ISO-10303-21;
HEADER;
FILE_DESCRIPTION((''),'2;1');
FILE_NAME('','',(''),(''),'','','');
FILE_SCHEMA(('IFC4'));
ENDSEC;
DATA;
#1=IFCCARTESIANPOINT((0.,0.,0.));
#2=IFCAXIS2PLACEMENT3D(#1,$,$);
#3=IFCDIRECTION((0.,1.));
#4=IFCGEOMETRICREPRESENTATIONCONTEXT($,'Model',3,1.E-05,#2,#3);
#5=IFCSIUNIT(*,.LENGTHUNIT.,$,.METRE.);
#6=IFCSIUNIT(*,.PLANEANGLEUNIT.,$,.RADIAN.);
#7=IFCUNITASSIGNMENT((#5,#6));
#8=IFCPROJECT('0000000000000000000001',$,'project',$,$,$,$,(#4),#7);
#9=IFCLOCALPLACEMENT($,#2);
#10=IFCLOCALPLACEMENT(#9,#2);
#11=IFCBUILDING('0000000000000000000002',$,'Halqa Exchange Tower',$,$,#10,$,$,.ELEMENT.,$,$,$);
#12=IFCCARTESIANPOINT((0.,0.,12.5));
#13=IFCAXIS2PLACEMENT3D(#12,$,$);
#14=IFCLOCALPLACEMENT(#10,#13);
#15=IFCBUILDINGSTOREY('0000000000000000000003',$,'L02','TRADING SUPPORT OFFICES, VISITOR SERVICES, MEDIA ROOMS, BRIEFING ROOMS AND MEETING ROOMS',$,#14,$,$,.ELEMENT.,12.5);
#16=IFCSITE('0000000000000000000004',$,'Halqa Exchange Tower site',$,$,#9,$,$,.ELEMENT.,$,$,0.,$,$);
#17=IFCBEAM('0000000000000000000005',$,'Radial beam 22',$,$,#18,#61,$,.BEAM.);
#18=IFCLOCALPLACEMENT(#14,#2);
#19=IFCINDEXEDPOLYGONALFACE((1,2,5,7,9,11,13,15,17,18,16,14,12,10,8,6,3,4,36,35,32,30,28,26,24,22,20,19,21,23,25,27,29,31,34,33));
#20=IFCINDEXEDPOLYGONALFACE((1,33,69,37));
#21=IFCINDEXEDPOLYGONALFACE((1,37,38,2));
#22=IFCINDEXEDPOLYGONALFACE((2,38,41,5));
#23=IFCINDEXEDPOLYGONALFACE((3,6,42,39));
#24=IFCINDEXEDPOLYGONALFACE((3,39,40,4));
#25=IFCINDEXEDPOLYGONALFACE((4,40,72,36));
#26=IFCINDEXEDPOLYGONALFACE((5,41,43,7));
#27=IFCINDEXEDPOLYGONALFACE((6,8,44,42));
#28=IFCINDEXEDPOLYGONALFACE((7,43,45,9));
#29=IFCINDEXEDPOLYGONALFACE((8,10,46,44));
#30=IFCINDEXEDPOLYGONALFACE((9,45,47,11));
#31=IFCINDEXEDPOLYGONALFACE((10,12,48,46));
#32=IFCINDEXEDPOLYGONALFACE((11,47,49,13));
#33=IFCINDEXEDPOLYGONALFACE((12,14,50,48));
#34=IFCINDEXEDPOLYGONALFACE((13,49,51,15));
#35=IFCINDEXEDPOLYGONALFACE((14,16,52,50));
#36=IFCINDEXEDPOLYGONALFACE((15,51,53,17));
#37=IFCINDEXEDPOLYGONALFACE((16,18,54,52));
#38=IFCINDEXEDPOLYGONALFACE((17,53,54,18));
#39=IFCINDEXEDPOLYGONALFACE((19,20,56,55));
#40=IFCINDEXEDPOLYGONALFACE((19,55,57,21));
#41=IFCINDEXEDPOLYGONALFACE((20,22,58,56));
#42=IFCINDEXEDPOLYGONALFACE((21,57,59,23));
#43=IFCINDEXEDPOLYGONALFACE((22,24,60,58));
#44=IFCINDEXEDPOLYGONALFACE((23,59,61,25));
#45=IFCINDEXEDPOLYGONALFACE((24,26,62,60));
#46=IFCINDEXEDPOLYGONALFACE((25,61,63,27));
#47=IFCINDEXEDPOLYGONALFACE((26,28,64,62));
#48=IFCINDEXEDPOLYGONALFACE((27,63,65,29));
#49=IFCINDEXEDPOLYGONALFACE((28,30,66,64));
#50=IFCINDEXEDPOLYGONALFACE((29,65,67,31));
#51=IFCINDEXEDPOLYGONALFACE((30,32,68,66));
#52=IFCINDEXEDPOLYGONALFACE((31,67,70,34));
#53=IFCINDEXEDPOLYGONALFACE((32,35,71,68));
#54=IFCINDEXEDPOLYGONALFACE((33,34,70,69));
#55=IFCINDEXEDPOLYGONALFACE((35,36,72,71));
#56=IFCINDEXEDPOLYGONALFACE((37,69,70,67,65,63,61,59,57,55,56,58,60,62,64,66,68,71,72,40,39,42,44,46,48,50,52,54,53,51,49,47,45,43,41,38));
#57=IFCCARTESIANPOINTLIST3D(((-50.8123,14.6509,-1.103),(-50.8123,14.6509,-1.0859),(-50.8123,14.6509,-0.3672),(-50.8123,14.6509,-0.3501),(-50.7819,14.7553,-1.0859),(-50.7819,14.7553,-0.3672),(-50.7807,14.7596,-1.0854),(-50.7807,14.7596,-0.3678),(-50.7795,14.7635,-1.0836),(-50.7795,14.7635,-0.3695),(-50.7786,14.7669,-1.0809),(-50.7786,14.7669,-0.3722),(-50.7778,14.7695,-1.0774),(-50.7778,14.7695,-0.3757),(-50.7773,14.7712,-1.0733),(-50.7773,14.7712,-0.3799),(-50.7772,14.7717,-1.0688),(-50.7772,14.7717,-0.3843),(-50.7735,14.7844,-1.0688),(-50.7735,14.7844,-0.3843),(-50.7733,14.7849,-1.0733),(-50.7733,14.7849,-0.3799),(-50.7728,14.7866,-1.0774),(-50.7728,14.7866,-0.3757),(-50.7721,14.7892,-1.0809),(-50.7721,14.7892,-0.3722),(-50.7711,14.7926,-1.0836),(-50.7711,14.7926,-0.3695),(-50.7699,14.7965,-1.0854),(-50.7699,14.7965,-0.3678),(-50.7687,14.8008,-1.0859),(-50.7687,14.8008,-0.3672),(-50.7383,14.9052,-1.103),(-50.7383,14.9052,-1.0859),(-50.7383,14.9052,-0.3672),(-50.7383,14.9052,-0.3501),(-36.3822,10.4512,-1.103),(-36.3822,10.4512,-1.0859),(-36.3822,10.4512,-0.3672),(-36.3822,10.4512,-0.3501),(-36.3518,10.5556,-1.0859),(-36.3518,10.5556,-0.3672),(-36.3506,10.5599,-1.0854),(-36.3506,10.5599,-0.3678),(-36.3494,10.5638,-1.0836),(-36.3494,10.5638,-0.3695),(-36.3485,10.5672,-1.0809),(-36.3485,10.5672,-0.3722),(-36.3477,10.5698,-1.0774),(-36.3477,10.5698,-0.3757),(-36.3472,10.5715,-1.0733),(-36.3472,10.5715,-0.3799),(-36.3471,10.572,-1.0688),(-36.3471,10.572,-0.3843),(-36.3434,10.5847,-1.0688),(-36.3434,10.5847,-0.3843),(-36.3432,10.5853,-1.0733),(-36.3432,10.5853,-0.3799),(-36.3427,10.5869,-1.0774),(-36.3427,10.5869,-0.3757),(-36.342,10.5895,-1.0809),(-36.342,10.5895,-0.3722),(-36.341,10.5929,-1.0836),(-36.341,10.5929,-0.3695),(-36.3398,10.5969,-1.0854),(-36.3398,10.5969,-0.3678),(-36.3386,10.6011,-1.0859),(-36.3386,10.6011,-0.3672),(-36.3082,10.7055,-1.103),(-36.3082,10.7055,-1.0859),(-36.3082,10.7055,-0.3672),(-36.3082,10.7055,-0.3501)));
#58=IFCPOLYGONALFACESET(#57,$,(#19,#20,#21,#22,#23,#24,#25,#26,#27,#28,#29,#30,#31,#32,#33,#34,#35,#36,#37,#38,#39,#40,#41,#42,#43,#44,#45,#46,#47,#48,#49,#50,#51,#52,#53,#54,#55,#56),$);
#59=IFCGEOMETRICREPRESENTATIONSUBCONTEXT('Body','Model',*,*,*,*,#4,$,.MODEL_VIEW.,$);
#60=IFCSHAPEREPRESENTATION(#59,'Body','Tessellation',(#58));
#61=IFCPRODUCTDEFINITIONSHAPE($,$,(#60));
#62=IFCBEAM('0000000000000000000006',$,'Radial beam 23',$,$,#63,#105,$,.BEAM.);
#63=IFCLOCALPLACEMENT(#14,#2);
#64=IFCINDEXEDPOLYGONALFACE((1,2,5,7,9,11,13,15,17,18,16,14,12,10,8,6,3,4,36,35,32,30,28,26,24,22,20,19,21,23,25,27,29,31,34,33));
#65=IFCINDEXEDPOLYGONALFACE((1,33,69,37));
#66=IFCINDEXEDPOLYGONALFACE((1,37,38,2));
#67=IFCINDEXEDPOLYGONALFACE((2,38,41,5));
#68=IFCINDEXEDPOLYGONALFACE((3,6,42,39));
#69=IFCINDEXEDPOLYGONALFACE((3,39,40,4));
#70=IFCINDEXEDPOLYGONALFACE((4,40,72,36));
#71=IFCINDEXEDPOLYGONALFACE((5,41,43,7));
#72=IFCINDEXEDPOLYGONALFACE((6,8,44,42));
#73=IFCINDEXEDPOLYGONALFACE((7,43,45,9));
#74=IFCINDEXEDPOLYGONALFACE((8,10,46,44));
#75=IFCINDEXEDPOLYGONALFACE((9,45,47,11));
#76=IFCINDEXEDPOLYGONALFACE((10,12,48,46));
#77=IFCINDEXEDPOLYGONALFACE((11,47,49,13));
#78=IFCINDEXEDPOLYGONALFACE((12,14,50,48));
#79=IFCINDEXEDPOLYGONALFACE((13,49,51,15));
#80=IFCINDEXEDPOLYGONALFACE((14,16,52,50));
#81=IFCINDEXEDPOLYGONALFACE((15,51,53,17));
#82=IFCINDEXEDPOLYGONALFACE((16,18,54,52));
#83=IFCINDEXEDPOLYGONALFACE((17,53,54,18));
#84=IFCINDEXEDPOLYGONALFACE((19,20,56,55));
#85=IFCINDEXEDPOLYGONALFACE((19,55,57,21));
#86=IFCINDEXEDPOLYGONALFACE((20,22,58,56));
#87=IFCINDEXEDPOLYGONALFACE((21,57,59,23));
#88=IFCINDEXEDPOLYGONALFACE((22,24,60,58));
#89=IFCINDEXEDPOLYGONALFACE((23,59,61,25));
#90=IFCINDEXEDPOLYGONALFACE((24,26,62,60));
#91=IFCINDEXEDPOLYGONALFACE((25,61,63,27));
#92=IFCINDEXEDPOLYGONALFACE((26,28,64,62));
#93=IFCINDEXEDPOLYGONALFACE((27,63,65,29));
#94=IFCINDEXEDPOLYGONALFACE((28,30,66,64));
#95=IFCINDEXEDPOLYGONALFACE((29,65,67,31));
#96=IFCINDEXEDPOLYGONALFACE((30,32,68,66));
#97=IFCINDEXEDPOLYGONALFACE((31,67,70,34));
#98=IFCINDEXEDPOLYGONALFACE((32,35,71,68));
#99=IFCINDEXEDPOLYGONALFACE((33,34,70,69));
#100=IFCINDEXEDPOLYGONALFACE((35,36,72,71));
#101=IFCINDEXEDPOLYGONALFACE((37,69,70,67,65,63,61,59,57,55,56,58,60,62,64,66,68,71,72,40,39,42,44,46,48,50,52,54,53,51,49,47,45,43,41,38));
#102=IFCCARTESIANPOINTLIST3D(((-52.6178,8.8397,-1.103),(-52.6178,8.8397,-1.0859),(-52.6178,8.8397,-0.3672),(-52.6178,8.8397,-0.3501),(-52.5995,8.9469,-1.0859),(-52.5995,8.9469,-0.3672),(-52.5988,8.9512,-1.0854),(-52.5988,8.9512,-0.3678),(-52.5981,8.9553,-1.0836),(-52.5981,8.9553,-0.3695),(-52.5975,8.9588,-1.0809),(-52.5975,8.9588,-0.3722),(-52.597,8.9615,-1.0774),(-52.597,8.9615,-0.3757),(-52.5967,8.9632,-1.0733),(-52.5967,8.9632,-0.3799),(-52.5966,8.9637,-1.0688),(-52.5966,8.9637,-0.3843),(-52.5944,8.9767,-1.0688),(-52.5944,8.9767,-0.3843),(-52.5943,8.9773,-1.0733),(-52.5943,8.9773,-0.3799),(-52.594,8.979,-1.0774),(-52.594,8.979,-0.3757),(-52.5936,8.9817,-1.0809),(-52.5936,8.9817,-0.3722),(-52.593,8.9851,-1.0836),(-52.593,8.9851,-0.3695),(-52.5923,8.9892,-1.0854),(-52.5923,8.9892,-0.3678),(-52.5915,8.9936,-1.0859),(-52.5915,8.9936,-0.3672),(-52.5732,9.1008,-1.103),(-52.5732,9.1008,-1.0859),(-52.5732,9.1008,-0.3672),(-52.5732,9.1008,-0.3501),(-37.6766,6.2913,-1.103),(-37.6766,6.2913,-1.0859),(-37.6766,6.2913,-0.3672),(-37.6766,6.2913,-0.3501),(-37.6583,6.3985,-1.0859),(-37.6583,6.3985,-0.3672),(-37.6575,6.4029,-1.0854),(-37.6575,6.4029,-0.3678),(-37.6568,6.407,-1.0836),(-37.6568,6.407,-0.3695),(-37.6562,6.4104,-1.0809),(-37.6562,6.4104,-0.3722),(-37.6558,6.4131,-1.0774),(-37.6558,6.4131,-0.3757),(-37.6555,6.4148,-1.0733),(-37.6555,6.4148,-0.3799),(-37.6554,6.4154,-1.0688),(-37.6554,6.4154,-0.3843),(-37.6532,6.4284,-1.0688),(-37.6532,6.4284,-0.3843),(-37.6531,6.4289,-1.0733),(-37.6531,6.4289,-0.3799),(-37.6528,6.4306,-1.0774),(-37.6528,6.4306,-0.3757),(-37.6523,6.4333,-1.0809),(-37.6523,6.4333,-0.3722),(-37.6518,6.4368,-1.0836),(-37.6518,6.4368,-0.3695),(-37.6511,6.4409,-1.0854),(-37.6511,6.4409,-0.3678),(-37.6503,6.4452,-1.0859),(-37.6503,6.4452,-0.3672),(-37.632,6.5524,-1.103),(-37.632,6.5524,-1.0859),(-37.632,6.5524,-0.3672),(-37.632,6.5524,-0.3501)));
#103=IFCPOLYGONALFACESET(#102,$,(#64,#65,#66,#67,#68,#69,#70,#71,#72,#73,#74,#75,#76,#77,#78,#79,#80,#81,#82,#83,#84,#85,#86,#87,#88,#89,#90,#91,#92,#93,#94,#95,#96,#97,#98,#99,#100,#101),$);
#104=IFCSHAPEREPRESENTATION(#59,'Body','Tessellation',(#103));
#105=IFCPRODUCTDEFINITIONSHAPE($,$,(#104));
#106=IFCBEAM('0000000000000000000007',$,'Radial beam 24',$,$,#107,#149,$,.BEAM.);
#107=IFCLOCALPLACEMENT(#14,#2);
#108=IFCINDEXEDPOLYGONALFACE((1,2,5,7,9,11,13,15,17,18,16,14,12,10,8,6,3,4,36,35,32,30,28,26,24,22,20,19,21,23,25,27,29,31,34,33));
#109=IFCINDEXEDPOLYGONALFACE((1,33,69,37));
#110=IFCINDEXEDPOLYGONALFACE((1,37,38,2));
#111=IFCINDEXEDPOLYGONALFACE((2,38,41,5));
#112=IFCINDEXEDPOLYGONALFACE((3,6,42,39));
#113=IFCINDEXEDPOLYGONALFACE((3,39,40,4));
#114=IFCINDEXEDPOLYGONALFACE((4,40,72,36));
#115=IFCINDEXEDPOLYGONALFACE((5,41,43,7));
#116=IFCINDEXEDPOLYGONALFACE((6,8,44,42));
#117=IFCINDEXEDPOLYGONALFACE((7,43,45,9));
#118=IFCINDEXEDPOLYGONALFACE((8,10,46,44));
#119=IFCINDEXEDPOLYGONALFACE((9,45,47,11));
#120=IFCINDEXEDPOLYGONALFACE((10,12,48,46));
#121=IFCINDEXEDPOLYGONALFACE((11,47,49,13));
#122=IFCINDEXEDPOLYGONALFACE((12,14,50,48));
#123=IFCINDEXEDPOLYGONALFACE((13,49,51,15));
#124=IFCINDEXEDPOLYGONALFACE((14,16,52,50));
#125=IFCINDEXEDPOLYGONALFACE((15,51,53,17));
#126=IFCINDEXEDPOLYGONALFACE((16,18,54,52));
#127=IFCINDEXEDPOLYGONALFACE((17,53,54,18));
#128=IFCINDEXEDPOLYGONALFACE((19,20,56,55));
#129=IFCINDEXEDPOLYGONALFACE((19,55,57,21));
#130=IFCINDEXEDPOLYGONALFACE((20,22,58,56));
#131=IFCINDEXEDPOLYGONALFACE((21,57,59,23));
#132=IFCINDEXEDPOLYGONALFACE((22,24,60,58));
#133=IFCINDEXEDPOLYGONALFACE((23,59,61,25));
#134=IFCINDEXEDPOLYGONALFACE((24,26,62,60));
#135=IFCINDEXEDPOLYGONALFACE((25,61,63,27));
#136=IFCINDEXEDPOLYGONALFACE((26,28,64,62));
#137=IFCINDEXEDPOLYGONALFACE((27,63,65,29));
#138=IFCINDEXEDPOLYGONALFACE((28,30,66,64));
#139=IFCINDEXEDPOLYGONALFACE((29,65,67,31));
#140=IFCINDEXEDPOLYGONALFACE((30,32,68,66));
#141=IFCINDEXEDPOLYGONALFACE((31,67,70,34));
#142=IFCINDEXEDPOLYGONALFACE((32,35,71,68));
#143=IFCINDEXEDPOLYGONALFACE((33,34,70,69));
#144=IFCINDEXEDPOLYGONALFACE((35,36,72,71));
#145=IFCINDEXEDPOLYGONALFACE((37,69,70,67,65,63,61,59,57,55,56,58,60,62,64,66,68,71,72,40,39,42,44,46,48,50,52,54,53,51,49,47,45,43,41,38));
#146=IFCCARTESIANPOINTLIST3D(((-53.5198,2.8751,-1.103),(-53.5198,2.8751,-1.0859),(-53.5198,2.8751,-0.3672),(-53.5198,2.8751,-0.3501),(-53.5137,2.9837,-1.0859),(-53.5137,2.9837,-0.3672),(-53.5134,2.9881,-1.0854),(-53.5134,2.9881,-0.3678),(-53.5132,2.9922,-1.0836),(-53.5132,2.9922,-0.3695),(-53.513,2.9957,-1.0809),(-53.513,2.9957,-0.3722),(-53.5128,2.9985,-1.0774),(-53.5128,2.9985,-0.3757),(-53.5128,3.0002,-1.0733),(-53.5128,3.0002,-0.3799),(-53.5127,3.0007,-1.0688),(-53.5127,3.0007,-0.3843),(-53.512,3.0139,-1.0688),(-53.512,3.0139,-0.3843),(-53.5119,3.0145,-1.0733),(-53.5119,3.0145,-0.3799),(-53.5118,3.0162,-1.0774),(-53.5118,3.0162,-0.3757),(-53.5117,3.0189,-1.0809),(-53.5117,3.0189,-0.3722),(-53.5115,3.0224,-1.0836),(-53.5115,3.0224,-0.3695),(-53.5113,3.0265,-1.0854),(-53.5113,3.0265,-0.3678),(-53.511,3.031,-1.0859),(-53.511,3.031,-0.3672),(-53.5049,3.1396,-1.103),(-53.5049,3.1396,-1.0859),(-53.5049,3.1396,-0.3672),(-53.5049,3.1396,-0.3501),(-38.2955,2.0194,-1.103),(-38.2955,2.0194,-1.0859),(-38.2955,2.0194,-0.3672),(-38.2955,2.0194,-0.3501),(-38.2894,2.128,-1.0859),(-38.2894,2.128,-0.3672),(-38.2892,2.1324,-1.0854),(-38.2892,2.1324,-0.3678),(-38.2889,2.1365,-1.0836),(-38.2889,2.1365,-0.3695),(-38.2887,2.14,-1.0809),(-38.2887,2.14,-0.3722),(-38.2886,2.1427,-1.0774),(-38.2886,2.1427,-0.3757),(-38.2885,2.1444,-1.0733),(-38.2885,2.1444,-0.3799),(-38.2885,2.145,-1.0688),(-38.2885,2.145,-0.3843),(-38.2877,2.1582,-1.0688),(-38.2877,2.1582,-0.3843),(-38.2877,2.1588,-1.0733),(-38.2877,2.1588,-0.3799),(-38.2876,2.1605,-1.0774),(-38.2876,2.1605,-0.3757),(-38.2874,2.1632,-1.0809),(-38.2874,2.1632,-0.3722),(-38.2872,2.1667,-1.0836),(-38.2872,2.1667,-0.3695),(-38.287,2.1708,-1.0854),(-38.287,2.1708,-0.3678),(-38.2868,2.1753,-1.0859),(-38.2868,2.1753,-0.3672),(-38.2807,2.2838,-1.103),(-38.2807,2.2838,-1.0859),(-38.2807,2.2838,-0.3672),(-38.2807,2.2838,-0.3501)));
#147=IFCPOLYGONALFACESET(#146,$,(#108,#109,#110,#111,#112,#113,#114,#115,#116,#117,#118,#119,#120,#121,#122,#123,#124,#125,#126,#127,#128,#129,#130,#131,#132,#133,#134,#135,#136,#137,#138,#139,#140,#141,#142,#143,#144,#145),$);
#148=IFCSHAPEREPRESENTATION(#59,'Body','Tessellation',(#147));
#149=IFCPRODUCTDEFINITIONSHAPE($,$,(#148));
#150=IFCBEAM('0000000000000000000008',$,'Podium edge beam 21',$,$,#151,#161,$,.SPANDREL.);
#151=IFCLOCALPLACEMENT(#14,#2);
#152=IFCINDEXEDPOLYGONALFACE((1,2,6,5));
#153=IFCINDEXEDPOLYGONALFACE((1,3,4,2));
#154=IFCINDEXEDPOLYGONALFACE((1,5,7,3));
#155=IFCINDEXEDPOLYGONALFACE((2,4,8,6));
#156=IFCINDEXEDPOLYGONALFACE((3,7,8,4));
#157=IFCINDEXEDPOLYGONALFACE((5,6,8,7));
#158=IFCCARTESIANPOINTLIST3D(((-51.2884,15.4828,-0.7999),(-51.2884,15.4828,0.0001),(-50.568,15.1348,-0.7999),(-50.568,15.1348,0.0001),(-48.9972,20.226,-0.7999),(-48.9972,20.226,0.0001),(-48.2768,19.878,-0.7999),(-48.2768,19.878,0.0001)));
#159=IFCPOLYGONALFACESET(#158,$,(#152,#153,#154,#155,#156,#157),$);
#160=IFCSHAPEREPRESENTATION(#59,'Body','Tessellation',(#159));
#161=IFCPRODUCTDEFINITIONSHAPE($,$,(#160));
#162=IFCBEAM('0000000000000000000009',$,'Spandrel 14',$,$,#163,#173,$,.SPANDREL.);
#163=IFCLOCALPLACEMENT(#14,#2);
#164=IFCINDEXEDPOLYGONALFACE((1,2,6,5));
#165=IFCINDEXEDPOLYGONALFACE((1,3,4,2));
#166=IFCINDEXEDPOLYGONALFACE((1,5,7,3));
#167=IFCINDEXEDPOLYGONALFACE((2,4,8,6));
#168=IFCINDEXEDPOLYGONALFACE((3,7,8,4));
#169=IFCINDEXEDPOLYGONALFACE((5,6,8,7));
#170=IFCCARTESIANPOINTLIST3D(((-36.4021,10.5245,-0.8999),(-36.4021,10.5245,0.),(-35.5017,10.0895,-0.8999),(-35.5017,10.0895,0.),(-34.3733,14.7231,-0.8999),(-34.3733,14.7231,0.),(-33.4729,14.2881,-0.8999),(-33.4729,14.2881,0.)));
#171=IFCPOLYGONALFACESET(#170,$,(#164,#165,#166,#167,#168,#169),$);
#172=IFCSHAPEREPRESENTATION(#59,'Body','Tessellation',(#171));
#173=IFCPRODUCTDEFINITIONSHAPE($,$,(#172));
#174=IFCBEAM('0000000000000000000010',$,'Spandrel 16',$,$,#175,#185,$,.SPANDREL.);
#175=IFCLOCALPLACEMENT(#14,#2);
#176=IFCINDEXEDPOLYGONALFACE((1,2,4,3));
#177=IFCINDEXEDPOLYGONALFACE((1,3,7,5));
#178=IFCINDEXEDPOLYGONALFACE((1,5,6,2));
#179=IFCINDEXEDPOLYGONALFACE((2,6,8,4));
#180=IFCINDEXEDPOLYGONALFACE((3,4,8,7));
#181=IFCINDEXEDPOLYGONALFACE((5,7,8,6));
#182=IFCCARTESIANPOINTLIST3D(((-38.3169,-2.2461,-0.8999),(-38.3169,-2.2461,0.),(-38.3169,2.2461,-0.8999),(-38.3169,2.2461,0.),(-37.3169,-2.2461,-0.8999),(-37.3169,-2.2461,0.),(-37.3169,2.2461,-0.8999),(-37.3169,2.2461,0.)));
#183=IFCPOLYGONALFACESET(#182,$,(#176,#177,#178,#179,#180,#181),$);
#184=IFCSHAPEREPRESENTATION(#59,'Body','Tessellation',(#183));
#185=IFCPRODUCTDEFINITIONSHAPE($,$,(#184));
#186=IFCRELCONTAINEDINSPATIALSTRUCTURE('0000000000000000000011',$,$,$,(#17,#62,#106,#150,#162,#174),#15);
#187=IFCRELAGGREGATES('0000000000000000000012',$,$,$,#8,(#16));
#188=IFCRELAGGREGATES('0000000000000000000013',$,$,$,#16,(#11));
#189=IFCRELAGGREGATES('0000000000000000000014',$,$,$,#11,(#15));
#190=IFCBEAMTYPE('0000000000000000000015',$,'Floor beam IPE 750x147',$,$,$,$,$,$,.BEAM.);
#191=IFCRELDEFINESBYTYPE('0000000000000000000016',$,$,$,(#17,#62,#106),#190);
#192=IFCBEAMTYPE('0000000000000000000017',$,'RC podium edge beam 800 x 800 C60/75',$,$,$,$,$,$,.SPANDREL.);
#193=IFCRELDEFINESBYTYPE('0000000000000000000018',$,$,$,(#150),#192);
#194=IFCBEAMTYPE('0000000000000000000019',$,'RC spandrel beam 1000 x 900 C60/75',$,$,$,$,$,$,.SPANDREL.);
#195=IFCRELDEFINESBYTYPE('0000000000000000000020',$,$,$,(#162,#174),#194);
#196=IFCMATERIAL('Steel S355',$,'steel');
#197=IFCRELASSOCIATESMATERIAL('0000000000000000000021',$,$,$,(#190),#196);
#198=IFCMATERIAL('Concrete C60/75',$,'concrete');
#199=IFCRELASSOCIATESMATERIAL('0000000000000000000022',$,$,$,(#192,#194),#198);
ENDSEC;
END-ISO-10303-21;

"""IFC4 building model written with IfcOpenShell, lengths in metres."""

from ifc_helpers import new_model, si_unit, direction, frame, origin, origin_2d, place, context, subcontext, project, spatial, rectangle, i_section, extrude, material, material_profile, profile_set, type_object, element, save


model = new_model("IFC4")

# Units and contexts
model_context = context("Model", 3, precision=1e-05, world=origin(), true_north=direction((0.0, 1.0)))
body_context = subcontext(model_context, "Body", "Model", "MODEL_VIEW")
ifc_project = project(units=[si_unit("LENGTHUNIT", "METRE"), si_unit("PLANEANGLEUNIT", "RADIAN")], contexts=[model_context])

# Site, building, storey
site_placement = place(None, origin())
site = spatial("IfcSite", under=ifc_project, at=site_placement, Name="Halqa Exchange Tower site", CompositionType="ELEMENT", RefElevation=0.0)
building_placement = place(site_placement, origin())
building = spatial("IfcBuilding", under=site, at=building_placement, Name="Halqa Exchange Tower", CompositionType="ELEMENT")
storey_placement = place(building_placement, frame((0.0, 0.0, 12.5)))
storey = spatial("IfcBuildingStorey", under=building, at=storey_placement, Name="L02", Description="TRADING SUPPORT OFFICES, VISITOR SERVICES, MEDIA ROOMS, BRIEFING ROOMS AND MEETING ROOMS", CompositionType="ELEMENT", Elevation=12.5)

# Shared definitions
ifc_material_1 = material(Name="Concrete C60/75", Category="concrete")

# Beams
ifc_material_2 = material(Name="Steel S355", Category="steel")
ifc_material_profile_1 = material_profile(ifc_material_2, i_section(OverallWidth=0.2649, OverallDepth=0.7529, WebThickness=0.0132, FlangeThickness=0.0171, FilletRadius=0.0171, at=origin_2d()), Name="IPE 750x147")
ifc_profile_set_1 = profile_set([ifc_material_profile_1], Name="Steel S355")
beam_type_1 = type_object("IfcBeamType", Name="Floor beam IPE 750x147", PredefinedType="BEAM", material=ifc_profile_set_1)
beam_1_placement = place(storey_placement, frame((-36.3452, 10.5784, -0.7266), z_axis=(-0.960162, 0.279442, 0.0), x_axis=(-0.279442, -0.960162, 0.0)))
element("IfcBeam", 1, at=beam_1_placement, inside=storey, type_object=beam_type_1, Name="Radial beam 22", PredefinedType="BEAM", context=body_context, shape_type="SweptSolid", body=[
    extrude(i_section(OverallWidth=0.2649, OverallDepth=0.7529, WebThickness=0.0132, FlangeThickness=0.0171, FilletRadius=0.0171, at=origin_2d()), origin(), (0.0, 0.0, 1.0), 15.0288),
])
beam_2_placement = place(storey_placement, frame((-37.6543, 6.4219, -0.7266), z_axis=(-0.985765, 0.16813, 0.0), x_axis=(-0.16813, -0.985765, 0.0)))
element("IfcBeam", 2, at=beam_2_placement, inside=storey, type_object=beam_type_1, Name="Radial beam 23", PredefinedType="BEAM", context=body_context, shape_type="SweptSolid", body=[
    extrude(i_section(OverallWidth=0.2649, OverallDepth=0.7529, WebThickness=0.0132, FlangeThickness=0.0171, FilletRadius=0.0171, at=origin_2d()), origin(), (0.0, 0.0, 1.0), 15.157),
])
beam_3_placement = place(storey_placement, frame((-38.2881, 2.1516, -0.7266), z_axis=(-0.998424, 0.056118, 0.0), x_axis=(-0.056118, -0.998424, 0.0)))
element("IfcBeam", 3, at=beam_3_placement, inside=storey, type_object=beam_type_1, Name="Radial beam 24", PredefinedType="BEAM", context=body_context, shape_type="SweptSolid", body=[
    extrude(i_section(OverallWidth=0.2649, OverallDepth=0.7529, WebThickness=0.0132, FlangeThickness=0.0171, FilletRadius=0.0171, at=origin_2d()), origin(), (0.0, 0.0, 1.0), 15.2483),
])
ifc_material_profile_2 = material_profile(ifc_material_1, rectangle(XDim=0.8, YDim=0.8, at=origin_2d()), Name="800 x 800")
ifc_profile_set_2 = profile_set([ifc_material_profile_2], Name="Concrete C60/75")
beam_type_2 = type_object("IfcBeamType", Name="RC podium edge beam 800 x 800 C60/75", PredefinedType="SPANDREL", material=ifc_profile_set_2)
beam_4_placement = place(storey_placement, frame((-48.637, 20.052, -0.3999), z_axis=(-0.434973, -0.900443, 0.0), x_axis=(0.900443, -0.434973, 0.0)))
element("IfcBeam", 4, at=beam_4_placement, inside=storey, type_object=beam_type_2, Name="Podium edge beam 21", PredefinedType="SPANDREL", context=body_context, shape_type="SweptSolid", body=[
    extrude(rectangle(XDim=0.8, YDim=0.8, at=origin_2d()), origin(), (0.0, 0.0, 1.0), 5.2676),
])
ifc_material_profile_3 = material_profile(ifc_material_1, rectangle(XDim=1.0, YDim=0.8999, at=origin_2d()), Name="1000 x 900")
ifc_profile_set_3 = profile_set([ifc_material_profile_3], Name="Concrete C60/75")
beam_type_3 = type_object("IfcBeamType", Name="RC spandrel beam 1000 x 900 C60/75", PredefinedType="SPANDREL", material=ifc_profile_set_3)
beam_5_placement = place(storey_placement, frame((-33.9231, 14.5056, -0.45), z_axis=(-0.435068, -0.900397, 0.0), x_axis=(0.900397, -0.435068, 0.0)))
element("IfcBeam", 5, at=beam_5_placement, inside=storey, type_object=beam_type_3, Name="Spandrel 14", PredefinedType="SPANDREL", context=body_context, shape_type="SweptSolid", body=[
    extrude(rectangle(XDim=1.0, YDim=0.8999, at=origin_2d()), origin(), (0.0, 0.0, 1.0), 4.6631),
])
beam_6_placement = place(storey_placement, frame((-37.8169, 2.2461, -0.45), z_axis=(0.0, -1.0, 0.0), x_axis=(1.0, 0.0, 0.0)))
element("IfcBeam", 6, at=beam_6_placement, inside=storey, type_object=beam_type_3, Name="Spandrel 16", PredefinedType="SPANDREL", context=body_context, shape_type="SweptSolid", body=[
    extrude(rectangle(XDim=1.0, YDim=0.8999, at=origin_2d()), origin(), (0.0, 0.0, 1.0), 4.4922),
])

save(model, "model.ifc")
